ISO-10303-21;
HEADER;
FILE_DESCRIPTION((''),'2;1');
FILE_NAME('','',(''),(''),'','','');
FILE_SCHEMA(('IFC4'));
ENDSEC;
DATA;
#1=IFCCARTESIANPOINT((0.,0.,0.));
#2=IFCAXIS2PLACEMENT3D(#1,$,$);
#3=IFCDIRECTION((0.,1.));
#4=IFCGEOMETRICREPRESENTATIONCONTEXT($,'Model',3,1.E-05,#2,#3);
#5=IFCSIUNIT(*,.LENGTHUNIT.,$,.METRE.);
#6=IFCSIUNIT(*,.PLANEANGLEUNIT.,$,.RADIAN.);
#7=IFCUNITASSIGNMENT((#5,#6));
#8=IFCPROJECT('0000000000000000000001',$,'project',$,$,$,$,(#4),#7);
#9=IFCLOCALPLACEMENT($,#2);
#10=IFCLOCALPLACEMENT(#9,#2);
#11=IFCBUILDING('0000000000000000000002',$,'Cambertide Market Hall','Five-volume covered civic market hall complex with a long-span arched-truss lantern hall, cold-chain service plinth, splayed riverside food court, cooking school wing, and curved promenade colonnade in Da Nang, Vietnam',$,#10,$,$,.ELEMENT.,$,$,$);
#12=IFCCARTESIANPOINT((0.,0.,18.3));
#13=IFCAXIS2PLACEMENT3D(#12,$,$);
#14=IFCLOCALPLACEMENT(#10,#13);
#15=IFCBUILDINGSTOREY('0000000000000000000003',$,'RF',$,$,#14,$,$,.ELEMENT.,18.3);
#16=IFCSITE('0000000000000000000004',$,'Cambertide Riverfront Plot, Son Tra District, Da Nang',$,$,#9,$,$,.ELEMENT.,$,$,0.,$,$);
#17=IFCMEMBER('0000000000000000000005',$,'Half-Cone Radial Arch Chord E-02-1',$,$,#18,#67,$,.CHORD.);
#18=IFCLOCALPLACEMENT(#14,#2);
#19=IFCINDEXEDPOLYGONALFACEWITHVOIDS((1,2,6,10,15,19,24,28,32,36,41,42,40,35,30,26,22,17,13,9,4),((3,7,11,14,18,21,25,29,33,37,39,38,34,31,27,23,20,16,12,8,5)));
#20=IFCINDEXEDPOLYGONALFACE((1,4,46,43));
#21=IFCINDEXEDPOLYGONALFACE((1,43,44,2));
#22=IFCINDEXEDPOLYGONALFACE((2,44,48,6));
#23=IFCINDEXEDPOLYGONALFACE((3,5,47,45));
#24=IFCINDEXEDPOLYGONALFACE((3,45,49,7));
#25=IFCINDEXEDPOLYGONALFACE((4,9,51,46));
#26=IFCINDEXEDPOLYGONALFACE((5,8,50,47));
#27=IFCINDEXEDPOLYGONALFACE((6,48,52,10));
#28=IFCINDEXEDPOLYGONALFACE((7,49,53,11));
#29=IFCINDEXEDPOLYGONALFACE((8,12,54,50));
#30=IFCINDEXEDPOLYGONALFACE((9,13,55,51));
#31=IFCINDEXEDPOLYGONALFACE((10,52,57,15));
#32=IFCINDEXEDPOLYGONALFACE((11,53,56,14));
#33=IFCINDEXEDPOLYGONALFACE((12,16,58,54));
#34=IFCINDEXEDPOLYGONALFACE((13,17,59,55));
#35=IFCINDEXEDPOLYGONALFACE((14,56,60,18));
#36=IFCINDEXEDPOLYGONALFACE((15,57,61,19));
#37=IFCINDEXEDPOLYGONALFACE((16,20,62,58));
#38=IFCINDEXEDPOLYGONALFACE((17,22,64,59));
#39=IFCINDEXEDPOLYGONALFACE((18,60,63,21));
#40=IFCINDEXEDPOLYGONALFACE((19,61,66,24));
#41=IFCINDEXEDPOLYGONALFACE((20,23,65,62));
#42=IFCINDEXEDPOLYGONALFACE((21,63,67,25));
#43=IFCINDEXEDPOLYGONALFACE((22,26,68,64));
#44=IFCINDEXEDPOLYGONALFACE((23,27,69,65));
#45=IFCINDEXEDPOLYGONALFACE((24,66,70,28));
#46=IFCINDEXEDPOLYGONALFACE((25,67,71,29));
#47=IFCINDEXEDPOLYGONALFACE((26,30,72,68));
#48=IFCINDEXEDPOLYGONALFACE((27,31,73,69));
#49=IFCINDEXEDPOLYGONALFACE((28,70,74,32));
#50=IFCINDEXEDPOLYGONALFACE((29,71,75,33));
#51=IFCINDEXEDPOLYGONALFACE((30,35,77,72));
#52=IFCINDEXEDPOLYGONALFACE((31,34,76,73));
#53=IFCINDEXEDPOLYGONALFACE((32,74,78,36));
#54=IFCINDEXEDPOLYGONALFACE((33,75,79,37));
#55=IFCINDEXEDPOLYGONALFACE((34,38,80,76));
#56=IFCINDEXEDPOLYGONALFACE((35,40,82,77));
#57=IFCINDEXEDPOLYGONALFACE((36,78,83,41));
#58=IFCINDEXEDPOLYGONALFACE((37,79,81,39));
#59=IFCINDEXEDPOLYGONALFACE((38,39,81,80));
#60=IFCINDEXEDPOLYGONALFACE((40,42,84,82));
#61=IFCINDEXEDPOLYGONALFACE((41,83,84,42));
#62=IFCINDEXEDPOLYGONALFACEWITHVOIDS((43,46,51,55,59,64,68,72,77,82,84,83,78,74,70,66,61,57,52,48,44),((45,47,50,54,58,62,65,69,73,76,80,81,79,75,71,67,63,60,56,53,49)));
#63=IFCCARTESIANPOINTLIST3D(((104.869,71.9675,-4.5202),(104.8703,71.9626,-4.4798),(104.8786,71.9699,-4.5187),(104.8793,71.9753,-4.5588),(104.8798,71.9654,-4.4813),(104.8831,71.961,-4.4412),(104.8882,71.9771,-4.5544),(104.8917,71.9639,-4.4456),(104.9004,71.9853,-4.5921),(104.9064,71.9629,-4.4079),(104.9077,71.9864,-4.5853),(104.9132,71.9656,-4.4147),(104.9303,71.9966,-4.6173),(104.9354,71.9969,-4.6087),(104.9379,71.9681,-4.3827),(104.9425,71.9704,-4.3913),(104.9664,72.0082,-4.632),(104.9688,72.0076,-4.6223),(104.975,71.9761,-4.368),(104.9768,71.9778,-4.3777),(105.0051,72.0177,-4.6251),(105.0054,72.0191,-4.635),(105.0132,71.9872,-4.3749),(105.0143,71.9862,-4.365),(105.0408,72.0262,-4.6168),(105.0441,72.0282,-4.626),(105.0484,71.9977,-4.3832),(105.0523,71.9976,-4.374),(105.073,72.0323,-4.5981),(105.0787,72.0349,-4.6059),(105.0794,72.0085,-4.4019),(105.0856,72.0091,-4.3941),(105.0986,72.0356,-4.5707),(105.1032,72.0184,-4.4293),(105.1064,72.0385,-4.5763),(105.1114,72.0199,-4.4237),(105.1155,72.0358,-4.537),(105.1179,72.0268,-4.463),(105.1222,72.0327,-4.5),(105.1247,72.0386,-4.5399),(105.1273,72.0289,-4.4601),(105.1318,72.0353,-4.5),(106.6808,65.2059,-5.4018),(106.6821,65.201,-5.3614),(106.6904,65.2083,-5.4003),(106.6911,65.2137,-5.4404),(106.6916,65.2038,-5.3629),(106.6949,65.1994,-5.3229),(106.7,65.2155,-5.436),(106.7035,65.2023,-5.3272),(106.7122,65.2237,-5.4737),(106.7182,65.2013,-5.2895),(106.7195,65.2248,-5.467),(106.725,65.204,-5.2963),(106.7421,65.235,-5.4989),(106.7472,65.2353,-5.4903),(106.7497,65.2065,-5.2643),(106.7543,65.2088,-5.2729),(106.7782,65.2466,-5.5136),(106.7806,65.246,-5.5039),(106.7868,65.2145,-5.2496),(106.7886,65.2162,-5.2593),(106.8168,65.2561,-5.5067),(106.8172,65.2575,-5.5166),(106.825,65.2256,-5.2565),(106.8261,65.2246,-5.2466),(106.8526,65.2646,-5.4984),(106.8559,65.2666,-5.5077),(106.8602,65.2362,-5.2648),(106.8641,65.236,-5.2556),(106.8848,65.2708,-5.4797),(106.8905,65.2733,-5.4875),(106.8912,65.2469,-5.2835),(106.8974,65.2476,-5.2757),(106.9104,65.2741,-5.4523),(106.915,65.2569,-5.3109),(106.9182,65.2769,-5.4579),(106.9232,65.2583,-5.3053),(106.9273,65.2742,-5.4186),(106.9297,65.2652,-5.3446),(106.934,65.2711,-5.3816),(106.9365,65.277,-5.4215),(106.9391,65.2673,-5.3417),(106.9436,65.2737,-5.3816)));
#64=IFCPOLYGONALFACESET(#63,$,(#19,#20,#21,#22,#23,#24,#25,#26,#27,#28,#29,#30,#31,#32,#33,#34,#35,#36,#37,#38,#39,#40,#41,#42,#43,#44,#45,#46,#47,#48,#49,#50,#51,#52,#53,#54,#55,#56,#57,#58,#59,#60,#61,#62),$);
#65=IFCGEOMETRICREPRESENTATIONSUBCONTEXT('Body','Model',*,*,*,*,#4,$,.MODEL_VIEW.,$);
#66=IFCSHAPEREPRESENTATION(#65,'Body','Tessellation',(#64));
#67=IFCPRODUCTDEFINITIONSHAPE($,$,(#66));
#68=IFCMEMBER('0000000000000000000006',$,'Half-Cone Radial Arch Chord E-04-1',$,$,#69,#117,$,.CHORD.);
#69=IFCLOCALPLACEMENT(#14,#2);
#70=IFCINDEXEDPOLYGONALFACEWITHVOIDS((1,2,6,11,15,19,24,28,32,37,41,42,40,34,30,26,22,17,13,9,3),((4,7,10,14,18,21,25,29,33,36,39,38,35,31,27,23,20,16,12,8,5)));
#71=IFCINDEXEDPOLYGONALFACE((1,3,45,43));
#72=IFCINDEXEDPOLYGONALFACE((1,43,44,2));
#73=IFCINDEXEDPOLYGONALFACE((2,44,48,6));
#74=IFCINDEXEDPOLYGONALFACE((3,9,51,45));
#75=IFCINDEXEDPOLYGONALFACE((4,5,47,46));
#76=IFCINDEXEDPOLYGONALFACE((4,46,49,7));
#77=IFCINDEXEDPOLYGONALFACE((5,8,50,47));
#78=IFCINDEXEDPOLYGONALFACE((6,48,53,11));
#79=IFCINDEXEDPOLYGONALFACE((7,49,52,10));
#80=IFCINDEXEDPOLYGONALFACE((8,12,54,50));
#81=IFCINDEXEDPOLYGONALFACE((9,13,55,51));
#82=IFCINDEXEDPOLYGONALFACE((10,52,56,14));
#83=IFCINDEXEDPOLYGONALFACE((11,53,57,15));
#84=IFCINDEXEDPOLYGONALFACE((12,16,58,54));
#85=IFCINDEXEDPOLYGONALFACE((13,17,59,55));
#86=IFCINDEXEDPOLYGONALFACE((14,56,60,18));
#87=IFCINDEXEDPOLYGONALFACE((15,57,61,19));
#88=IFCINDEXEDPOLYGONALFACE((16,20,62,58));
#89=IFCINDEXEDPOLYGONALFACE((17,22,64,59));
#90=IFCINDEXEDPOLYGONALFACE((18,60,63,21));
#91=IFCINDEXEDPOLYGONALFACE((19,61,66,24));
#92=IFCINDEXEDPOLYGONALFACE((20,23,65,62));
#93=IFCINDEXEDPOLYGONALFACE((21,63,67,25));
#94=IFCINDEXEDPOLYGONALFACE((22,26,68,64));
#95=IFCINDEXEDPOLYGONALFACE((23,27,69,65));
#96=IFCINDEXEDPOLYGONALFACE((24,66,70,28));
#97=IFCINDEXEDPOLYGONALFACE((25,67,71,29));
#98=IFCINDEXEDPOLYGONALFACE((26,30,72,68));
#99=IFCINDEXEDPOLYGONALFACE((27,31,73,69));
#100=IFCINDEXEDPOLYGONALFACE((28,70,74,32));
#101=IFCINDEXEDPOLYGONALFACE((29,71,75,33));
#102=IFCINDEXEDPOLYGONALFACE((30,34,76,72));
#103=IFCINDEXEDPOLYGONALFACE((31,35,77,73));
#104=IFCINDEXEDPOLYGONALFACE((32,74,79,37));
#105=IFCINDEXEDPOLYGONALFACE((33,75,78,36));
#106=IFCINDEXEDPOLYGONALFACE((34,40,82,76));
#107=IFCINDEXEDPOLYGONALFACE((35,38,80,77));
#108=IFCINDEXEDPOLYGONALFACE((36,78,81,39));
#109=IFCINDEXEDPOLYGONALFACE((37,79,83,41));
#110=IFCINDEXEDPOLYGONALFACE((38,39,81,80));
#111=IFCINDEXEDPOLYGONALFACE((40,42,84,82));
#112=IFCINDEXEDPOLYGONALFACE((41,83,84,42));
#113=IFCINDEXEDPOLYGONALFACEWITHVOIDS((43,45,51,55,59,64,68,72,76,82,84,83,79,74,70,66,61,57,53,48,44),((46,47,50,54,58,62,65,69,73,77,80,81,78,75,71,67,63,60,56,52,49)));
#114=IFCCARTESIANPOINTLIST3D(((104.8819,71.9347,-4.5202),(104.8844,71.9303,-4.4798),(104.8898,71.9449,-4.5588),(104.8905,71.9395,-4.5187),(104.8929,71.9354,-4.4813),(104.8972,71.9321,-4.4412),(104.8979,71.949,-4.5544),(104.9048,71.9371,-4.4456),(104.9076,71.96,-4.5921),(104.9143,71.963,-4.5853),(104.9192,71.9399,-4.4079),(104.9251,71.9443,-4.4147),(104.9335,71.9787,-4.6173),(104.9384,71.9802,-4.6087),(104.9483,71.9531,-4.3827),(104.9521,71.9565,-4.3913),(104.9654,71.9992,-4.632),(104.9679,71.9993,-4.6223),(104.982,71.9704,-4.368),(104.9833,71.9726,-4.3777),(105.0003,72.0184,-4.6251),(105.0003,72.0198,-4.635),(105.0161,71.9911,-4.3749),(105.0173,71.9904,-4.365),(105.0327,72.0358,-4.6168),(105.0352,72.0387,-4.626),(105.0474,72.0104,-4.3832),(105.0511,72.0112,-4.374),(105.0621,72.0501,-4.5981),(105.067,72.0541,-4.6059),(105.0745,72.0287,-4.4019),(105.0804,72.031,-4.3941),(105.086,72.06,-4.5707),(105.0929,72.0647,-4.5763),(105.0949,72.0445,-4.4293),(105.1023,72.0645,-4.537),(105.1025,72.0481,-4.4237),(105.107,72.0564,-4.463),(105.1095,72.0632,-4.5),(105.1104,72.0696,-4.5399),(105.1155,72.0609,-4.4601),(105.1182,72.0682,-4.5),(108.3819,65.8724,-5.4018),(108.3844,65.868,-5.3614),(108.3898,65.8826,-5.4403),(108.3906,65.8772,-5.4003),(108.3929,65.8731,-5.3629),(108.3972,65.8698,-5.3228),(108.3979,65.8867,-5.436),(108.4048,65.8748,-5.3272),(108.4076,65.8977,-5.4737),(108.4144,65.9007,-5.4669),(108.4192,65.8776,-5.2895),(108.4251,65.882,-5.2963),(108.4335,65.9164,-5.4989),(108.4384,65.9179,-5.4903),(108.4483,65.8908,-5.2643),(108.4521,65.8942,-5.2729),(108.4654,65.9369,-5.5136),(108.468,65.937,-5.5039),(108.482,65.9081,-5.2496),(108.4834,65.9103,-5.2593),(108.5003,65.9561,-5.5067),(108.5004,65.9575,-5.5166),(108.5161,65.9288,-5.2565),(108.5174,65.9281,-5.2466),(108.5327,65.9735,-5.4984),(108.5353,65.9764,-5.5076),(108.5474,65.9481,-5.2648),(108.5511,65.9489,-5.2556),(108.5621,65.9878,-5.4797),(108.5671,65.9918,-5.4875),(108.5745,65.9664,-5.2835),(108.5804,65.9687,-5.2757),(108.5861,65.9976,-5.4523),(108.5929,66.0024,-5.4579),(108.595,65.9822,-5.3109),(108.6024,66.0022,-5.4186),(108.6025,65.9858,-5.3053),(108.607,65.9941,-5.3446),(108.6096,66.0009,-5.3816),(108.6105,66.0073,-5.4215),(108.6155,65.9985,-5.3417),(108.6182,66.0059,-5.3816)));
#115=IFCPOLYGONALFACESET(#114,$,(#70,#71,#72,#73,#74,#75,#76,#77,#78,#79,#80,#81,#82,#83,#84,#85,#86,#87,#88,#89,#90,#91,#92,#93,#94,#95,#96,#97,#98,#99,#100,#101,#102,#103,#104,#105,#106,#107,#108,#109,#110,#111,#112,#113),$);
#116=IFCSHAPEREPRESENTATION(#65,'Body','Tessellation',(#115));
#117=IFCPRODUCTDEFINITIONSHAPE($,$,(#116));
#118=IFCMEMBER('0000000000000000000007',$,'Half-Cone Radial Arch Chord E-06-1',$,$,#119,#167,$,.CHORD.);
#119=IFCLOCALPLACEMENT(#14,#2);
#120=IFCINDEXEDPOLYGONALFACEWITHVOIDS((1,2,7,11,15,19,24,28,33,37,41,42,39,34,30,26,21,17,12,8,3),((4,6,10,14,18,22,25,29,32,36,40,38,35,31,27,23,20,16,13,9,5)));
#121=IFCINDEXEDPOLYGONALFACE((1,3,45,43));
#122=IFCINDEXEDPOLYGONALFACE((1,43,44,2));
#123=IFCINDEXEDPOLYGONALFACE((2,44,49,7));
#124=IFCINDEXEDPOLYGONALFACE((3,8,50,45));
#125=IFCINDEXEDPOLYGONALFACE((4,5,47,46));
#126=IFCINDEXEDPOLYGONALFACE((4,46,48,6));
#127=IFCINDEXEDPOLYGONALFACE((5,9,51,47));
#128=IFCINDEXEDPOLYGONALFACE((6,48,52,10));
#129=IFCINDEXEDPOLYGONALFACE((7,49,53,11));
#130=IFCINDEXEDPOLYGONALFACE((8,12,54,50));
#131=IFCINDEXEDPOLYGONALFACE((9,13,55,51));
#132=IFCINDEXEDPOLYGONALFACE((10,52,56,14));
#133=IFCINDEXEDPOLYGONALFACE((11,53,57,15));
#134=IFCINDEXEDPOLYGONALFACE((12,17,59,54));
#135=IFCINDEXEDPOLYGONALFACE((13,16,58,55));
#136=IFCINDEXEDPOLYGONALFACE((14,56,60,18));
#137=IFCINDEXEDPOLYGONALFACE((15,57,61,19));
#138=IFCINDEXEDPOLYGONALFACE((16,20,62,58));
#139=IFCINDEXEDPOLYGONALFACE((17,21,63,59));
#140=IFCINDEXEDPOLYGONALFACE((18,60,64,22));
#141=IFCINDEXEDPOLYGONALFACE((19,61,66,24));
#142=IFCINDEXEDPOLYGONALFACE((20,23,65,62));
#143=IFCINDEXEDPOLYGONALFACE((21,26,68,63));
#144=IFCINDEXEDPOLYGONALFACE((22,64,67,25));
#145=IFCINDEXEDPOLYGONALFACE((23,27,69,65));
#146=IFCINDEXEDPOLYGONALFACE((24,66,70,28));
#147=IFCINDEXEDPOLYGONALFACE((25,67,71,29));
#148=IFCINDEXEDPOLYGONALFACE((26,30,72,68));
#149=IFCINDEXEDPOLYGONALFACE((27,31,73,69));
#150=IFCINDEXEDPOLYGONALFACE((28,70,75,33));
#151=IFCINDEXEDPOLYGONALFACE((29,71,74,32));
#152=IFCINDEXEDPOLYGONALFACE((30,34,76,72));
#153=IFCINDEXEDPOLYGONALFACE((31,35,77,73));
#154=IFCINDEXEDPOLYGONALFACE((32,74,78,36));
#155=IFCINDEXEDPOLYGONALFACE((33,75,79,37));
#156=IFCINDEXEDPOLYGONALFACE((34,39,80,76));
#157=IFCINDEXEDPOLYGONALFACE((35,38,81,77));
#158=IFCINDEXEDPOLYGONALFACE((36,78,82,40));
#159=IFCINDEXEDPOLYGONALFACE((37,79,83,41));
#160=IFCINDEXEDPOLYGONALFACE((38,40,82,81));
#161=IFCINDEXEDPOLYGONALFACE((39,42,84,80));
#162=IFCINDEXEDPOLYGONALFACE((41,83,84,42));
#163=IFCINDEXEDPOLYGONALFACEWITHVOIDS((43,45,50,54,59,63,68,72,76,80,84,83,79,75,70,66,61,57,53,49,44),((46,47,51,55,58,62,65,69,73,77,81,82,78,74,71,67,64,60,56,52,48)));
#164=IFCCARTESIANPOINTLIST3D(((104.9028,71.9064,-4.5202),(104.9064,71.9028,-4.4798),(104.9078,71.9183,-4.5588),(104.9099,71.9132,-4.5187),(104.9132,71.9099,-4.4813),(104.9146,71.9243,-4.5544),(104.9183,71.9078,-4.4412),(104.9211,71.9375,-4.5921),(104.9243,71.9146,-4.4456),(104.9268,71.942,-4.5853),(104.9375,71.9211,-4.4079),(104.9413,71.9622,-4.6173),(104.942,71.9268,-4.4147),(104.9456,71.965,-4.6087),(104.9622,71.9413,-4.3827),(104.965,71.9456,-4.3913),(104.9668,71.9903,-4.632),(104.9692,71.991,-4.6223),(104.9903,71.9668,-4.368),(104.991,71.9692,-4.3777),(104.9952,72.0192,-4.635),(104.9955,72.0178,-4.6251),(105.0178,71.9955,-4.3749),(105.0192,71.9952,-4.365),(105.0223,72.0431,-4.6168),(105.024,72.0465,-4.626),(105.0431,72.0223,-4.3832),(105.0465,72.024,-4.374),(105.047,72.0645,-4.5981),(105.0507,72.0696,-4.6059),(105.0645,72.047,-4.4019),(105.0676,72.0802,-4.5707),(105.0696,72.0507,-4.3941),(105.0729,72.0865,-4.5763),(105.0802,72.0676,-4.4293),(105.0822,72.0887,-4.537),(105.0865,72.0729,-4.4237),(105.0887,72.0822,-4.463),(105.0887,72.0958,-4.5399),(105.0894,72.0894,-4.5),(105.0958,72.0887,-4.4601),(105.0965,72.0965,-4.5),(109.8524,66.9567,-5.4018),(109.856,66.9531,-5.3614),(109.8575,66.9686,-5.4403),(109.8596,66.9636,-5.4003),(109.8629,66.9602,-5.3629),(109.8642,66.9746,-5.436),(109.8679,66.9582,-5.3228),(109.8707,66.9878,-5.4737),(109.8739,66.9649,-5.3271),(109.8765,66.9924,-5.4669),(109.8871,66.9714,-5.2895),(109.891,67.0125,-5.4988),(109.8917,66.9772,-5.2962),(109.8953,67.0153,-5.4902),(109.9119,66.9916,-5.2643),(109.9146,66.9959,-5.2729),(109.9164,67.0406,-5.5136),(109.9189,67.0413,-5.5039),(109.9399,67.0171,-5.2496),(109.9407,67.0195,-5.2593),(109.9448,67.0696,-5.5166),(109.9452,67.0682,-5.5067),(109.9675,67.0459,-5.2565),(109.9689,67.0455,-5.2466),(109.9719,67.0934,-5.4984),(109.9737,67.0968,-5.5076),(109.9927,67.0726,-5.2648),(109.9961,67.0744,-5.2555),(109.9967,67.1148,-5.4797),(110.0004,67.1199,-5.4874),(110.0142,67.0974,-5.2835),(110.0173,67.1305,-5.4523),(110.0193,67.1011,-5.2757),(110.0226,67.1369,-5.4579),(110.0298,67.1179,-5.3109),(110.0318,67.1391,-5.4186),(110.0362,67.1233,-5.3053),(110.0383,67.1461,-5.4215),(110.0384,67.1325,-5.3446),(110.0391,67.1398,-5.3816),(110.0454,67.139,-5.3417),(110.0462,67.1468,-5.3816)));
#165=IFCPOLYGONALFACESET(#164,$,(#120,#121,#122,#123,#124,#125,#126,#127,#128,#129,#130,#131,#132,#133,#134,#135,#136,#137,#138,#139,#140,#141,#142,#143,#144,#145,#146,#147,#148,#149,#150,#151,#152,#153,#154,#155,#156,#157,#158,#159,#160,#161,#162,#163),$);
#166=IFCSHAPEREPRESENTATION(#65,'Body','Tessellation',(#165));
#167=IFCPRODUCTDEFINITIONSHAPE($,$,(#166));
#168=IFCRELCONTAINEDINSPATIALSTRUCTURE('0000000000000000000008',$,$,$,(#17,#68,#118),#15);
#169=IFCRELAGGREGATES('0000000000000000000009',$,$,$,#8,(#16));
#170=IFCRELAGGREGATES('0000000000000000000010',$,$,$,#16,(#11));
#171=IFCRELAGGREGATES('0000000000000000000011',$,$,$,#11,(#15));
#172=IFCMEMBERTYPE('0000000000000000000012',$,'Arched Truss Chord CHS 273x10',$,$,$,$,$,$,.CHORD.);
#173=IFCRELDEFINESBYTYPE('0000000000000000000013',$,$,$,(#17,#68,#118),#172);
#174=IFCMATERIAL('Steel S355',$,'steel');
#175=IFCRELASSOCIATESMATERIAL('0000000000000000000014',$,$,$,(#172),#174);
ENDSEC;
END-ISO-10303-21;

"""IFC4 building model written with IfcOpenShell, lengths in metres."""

from ifc_helpers import new_model, si_unit, direction, frame, origin, origin_2d, place, context, subcontext, project, spatial, hollow_circle, extrude, material, material_profile, profile_set, type_object, element, save


model = new_model("IFC4")

# Units and contexts
model_context = context("Model", 3, precision=1e-05, world=origin(), true_north=direction((0.0, 1.0)))
body_context = subcontext(model_context, "Body", "Model", "MODEL_VIEW")
ifc_project = project(units=[si_unit("LENGTHUNIT", "METRE"), si_unit("PLANEANGLEUNIT", "RADIAN")], contexts=[model_context])

# Site, building, storey
site_placement = place(None, origin())
site = spatial("IfcSite", under=ifc_project, at=site_placement, Name="Cambertide Riverfront Plot, Son Tra District, Da Nang", CompositionType="ELEMENT", RefElevation=0.0)
building_placement = place(site_placement, origin())
building = spatial("IfcBuilding", under=site, at=building_placement, Name="Cambertide Market Hall", Description="Five-volume covered civic market hall complex with a long-span arched-truss lantern hall, cold-chain service plinth, splayed riverside food court, cooking school wing, and curved promenade colonnade in Da Nang, Vietnam", CompositionType="ELEMENT")
storey_placement = place(building_placement, frame((0.0, 0.0, 18.3)))
storey = spatial("IfcBuildingStorey", under=building, at=storey_placement, Name="RF", CompositionType="ELEMENT", Elevation=18.3)

# Members
ifc_material_1 = material(Name="Steel S355", Category="steel")
ifc_material_profile_1 = material_profile(ifc_material_1, hollow_circle(Radius=0.1365, WallThickness=0.01, at=origin_2d()), Name="CHS 273x10")
ifc_profile_set_1 = profile_set([ifc_material_profile_1], Name="Steel S355")
member_type_1 = type_object("IfcMemberType", Name="Arched Truss Chord CHS 273x10", PredefinedType="CHORD", material=ifc_profile_set_1)
for number, where, z_axis, x_axis, name in (
    (1, (105.0, 72.0, -4.5), (0.256795, -0.958354, -0.124955), (0.965925, 0.258824, 0.0), "Half-Cone Radial Arch Chord E-02-1"),
    (2, (105.0, 72.0, -4.5), (0.496077, -0.859241, -0.124953), (0.866028, 0.499995, 0.0), "Half-Cone Radial Arch Chord E-04-1"),
):
    element("IfcMember", number, at=place(storey_placement, frame(where, z_axis=z_axis, x_axis=x_axis)), inside=storey, type_object=member_type_1, Name=name, PredefinedType="CHORD", context=body_context, shape_type="SweptSolid", body=[
        extrude(hollow_circle(Radius=0.1365, WallThickness=0.01, at=origin_2d()), origin(), (0.0, 0.0, 1.0), 7.0554),
    ])
member_1_placement = place(storey_placement, frame((105.0, 72.0, -4.5), z_axis=(0.701565, -0.701565, -0.124956), x_axis=(0.707107, 0.707107, 0.0)))
element("IfcMember", 3, at=member_1_placement, inside=storey, type_object=member_type_1, Name="Half-Cone Radial Arch Chord E-06-1", PredefinedType="CHORD", context=body_context, shape_type="SweptSolid", body=[
    extrude(hollow_circle(Radius=0.1365, WallThickness=0.01, at=origin_2d()), origin(), (0.0, 0.0, 1.0), 7.0552),
])

save(model, "model.ifc")
